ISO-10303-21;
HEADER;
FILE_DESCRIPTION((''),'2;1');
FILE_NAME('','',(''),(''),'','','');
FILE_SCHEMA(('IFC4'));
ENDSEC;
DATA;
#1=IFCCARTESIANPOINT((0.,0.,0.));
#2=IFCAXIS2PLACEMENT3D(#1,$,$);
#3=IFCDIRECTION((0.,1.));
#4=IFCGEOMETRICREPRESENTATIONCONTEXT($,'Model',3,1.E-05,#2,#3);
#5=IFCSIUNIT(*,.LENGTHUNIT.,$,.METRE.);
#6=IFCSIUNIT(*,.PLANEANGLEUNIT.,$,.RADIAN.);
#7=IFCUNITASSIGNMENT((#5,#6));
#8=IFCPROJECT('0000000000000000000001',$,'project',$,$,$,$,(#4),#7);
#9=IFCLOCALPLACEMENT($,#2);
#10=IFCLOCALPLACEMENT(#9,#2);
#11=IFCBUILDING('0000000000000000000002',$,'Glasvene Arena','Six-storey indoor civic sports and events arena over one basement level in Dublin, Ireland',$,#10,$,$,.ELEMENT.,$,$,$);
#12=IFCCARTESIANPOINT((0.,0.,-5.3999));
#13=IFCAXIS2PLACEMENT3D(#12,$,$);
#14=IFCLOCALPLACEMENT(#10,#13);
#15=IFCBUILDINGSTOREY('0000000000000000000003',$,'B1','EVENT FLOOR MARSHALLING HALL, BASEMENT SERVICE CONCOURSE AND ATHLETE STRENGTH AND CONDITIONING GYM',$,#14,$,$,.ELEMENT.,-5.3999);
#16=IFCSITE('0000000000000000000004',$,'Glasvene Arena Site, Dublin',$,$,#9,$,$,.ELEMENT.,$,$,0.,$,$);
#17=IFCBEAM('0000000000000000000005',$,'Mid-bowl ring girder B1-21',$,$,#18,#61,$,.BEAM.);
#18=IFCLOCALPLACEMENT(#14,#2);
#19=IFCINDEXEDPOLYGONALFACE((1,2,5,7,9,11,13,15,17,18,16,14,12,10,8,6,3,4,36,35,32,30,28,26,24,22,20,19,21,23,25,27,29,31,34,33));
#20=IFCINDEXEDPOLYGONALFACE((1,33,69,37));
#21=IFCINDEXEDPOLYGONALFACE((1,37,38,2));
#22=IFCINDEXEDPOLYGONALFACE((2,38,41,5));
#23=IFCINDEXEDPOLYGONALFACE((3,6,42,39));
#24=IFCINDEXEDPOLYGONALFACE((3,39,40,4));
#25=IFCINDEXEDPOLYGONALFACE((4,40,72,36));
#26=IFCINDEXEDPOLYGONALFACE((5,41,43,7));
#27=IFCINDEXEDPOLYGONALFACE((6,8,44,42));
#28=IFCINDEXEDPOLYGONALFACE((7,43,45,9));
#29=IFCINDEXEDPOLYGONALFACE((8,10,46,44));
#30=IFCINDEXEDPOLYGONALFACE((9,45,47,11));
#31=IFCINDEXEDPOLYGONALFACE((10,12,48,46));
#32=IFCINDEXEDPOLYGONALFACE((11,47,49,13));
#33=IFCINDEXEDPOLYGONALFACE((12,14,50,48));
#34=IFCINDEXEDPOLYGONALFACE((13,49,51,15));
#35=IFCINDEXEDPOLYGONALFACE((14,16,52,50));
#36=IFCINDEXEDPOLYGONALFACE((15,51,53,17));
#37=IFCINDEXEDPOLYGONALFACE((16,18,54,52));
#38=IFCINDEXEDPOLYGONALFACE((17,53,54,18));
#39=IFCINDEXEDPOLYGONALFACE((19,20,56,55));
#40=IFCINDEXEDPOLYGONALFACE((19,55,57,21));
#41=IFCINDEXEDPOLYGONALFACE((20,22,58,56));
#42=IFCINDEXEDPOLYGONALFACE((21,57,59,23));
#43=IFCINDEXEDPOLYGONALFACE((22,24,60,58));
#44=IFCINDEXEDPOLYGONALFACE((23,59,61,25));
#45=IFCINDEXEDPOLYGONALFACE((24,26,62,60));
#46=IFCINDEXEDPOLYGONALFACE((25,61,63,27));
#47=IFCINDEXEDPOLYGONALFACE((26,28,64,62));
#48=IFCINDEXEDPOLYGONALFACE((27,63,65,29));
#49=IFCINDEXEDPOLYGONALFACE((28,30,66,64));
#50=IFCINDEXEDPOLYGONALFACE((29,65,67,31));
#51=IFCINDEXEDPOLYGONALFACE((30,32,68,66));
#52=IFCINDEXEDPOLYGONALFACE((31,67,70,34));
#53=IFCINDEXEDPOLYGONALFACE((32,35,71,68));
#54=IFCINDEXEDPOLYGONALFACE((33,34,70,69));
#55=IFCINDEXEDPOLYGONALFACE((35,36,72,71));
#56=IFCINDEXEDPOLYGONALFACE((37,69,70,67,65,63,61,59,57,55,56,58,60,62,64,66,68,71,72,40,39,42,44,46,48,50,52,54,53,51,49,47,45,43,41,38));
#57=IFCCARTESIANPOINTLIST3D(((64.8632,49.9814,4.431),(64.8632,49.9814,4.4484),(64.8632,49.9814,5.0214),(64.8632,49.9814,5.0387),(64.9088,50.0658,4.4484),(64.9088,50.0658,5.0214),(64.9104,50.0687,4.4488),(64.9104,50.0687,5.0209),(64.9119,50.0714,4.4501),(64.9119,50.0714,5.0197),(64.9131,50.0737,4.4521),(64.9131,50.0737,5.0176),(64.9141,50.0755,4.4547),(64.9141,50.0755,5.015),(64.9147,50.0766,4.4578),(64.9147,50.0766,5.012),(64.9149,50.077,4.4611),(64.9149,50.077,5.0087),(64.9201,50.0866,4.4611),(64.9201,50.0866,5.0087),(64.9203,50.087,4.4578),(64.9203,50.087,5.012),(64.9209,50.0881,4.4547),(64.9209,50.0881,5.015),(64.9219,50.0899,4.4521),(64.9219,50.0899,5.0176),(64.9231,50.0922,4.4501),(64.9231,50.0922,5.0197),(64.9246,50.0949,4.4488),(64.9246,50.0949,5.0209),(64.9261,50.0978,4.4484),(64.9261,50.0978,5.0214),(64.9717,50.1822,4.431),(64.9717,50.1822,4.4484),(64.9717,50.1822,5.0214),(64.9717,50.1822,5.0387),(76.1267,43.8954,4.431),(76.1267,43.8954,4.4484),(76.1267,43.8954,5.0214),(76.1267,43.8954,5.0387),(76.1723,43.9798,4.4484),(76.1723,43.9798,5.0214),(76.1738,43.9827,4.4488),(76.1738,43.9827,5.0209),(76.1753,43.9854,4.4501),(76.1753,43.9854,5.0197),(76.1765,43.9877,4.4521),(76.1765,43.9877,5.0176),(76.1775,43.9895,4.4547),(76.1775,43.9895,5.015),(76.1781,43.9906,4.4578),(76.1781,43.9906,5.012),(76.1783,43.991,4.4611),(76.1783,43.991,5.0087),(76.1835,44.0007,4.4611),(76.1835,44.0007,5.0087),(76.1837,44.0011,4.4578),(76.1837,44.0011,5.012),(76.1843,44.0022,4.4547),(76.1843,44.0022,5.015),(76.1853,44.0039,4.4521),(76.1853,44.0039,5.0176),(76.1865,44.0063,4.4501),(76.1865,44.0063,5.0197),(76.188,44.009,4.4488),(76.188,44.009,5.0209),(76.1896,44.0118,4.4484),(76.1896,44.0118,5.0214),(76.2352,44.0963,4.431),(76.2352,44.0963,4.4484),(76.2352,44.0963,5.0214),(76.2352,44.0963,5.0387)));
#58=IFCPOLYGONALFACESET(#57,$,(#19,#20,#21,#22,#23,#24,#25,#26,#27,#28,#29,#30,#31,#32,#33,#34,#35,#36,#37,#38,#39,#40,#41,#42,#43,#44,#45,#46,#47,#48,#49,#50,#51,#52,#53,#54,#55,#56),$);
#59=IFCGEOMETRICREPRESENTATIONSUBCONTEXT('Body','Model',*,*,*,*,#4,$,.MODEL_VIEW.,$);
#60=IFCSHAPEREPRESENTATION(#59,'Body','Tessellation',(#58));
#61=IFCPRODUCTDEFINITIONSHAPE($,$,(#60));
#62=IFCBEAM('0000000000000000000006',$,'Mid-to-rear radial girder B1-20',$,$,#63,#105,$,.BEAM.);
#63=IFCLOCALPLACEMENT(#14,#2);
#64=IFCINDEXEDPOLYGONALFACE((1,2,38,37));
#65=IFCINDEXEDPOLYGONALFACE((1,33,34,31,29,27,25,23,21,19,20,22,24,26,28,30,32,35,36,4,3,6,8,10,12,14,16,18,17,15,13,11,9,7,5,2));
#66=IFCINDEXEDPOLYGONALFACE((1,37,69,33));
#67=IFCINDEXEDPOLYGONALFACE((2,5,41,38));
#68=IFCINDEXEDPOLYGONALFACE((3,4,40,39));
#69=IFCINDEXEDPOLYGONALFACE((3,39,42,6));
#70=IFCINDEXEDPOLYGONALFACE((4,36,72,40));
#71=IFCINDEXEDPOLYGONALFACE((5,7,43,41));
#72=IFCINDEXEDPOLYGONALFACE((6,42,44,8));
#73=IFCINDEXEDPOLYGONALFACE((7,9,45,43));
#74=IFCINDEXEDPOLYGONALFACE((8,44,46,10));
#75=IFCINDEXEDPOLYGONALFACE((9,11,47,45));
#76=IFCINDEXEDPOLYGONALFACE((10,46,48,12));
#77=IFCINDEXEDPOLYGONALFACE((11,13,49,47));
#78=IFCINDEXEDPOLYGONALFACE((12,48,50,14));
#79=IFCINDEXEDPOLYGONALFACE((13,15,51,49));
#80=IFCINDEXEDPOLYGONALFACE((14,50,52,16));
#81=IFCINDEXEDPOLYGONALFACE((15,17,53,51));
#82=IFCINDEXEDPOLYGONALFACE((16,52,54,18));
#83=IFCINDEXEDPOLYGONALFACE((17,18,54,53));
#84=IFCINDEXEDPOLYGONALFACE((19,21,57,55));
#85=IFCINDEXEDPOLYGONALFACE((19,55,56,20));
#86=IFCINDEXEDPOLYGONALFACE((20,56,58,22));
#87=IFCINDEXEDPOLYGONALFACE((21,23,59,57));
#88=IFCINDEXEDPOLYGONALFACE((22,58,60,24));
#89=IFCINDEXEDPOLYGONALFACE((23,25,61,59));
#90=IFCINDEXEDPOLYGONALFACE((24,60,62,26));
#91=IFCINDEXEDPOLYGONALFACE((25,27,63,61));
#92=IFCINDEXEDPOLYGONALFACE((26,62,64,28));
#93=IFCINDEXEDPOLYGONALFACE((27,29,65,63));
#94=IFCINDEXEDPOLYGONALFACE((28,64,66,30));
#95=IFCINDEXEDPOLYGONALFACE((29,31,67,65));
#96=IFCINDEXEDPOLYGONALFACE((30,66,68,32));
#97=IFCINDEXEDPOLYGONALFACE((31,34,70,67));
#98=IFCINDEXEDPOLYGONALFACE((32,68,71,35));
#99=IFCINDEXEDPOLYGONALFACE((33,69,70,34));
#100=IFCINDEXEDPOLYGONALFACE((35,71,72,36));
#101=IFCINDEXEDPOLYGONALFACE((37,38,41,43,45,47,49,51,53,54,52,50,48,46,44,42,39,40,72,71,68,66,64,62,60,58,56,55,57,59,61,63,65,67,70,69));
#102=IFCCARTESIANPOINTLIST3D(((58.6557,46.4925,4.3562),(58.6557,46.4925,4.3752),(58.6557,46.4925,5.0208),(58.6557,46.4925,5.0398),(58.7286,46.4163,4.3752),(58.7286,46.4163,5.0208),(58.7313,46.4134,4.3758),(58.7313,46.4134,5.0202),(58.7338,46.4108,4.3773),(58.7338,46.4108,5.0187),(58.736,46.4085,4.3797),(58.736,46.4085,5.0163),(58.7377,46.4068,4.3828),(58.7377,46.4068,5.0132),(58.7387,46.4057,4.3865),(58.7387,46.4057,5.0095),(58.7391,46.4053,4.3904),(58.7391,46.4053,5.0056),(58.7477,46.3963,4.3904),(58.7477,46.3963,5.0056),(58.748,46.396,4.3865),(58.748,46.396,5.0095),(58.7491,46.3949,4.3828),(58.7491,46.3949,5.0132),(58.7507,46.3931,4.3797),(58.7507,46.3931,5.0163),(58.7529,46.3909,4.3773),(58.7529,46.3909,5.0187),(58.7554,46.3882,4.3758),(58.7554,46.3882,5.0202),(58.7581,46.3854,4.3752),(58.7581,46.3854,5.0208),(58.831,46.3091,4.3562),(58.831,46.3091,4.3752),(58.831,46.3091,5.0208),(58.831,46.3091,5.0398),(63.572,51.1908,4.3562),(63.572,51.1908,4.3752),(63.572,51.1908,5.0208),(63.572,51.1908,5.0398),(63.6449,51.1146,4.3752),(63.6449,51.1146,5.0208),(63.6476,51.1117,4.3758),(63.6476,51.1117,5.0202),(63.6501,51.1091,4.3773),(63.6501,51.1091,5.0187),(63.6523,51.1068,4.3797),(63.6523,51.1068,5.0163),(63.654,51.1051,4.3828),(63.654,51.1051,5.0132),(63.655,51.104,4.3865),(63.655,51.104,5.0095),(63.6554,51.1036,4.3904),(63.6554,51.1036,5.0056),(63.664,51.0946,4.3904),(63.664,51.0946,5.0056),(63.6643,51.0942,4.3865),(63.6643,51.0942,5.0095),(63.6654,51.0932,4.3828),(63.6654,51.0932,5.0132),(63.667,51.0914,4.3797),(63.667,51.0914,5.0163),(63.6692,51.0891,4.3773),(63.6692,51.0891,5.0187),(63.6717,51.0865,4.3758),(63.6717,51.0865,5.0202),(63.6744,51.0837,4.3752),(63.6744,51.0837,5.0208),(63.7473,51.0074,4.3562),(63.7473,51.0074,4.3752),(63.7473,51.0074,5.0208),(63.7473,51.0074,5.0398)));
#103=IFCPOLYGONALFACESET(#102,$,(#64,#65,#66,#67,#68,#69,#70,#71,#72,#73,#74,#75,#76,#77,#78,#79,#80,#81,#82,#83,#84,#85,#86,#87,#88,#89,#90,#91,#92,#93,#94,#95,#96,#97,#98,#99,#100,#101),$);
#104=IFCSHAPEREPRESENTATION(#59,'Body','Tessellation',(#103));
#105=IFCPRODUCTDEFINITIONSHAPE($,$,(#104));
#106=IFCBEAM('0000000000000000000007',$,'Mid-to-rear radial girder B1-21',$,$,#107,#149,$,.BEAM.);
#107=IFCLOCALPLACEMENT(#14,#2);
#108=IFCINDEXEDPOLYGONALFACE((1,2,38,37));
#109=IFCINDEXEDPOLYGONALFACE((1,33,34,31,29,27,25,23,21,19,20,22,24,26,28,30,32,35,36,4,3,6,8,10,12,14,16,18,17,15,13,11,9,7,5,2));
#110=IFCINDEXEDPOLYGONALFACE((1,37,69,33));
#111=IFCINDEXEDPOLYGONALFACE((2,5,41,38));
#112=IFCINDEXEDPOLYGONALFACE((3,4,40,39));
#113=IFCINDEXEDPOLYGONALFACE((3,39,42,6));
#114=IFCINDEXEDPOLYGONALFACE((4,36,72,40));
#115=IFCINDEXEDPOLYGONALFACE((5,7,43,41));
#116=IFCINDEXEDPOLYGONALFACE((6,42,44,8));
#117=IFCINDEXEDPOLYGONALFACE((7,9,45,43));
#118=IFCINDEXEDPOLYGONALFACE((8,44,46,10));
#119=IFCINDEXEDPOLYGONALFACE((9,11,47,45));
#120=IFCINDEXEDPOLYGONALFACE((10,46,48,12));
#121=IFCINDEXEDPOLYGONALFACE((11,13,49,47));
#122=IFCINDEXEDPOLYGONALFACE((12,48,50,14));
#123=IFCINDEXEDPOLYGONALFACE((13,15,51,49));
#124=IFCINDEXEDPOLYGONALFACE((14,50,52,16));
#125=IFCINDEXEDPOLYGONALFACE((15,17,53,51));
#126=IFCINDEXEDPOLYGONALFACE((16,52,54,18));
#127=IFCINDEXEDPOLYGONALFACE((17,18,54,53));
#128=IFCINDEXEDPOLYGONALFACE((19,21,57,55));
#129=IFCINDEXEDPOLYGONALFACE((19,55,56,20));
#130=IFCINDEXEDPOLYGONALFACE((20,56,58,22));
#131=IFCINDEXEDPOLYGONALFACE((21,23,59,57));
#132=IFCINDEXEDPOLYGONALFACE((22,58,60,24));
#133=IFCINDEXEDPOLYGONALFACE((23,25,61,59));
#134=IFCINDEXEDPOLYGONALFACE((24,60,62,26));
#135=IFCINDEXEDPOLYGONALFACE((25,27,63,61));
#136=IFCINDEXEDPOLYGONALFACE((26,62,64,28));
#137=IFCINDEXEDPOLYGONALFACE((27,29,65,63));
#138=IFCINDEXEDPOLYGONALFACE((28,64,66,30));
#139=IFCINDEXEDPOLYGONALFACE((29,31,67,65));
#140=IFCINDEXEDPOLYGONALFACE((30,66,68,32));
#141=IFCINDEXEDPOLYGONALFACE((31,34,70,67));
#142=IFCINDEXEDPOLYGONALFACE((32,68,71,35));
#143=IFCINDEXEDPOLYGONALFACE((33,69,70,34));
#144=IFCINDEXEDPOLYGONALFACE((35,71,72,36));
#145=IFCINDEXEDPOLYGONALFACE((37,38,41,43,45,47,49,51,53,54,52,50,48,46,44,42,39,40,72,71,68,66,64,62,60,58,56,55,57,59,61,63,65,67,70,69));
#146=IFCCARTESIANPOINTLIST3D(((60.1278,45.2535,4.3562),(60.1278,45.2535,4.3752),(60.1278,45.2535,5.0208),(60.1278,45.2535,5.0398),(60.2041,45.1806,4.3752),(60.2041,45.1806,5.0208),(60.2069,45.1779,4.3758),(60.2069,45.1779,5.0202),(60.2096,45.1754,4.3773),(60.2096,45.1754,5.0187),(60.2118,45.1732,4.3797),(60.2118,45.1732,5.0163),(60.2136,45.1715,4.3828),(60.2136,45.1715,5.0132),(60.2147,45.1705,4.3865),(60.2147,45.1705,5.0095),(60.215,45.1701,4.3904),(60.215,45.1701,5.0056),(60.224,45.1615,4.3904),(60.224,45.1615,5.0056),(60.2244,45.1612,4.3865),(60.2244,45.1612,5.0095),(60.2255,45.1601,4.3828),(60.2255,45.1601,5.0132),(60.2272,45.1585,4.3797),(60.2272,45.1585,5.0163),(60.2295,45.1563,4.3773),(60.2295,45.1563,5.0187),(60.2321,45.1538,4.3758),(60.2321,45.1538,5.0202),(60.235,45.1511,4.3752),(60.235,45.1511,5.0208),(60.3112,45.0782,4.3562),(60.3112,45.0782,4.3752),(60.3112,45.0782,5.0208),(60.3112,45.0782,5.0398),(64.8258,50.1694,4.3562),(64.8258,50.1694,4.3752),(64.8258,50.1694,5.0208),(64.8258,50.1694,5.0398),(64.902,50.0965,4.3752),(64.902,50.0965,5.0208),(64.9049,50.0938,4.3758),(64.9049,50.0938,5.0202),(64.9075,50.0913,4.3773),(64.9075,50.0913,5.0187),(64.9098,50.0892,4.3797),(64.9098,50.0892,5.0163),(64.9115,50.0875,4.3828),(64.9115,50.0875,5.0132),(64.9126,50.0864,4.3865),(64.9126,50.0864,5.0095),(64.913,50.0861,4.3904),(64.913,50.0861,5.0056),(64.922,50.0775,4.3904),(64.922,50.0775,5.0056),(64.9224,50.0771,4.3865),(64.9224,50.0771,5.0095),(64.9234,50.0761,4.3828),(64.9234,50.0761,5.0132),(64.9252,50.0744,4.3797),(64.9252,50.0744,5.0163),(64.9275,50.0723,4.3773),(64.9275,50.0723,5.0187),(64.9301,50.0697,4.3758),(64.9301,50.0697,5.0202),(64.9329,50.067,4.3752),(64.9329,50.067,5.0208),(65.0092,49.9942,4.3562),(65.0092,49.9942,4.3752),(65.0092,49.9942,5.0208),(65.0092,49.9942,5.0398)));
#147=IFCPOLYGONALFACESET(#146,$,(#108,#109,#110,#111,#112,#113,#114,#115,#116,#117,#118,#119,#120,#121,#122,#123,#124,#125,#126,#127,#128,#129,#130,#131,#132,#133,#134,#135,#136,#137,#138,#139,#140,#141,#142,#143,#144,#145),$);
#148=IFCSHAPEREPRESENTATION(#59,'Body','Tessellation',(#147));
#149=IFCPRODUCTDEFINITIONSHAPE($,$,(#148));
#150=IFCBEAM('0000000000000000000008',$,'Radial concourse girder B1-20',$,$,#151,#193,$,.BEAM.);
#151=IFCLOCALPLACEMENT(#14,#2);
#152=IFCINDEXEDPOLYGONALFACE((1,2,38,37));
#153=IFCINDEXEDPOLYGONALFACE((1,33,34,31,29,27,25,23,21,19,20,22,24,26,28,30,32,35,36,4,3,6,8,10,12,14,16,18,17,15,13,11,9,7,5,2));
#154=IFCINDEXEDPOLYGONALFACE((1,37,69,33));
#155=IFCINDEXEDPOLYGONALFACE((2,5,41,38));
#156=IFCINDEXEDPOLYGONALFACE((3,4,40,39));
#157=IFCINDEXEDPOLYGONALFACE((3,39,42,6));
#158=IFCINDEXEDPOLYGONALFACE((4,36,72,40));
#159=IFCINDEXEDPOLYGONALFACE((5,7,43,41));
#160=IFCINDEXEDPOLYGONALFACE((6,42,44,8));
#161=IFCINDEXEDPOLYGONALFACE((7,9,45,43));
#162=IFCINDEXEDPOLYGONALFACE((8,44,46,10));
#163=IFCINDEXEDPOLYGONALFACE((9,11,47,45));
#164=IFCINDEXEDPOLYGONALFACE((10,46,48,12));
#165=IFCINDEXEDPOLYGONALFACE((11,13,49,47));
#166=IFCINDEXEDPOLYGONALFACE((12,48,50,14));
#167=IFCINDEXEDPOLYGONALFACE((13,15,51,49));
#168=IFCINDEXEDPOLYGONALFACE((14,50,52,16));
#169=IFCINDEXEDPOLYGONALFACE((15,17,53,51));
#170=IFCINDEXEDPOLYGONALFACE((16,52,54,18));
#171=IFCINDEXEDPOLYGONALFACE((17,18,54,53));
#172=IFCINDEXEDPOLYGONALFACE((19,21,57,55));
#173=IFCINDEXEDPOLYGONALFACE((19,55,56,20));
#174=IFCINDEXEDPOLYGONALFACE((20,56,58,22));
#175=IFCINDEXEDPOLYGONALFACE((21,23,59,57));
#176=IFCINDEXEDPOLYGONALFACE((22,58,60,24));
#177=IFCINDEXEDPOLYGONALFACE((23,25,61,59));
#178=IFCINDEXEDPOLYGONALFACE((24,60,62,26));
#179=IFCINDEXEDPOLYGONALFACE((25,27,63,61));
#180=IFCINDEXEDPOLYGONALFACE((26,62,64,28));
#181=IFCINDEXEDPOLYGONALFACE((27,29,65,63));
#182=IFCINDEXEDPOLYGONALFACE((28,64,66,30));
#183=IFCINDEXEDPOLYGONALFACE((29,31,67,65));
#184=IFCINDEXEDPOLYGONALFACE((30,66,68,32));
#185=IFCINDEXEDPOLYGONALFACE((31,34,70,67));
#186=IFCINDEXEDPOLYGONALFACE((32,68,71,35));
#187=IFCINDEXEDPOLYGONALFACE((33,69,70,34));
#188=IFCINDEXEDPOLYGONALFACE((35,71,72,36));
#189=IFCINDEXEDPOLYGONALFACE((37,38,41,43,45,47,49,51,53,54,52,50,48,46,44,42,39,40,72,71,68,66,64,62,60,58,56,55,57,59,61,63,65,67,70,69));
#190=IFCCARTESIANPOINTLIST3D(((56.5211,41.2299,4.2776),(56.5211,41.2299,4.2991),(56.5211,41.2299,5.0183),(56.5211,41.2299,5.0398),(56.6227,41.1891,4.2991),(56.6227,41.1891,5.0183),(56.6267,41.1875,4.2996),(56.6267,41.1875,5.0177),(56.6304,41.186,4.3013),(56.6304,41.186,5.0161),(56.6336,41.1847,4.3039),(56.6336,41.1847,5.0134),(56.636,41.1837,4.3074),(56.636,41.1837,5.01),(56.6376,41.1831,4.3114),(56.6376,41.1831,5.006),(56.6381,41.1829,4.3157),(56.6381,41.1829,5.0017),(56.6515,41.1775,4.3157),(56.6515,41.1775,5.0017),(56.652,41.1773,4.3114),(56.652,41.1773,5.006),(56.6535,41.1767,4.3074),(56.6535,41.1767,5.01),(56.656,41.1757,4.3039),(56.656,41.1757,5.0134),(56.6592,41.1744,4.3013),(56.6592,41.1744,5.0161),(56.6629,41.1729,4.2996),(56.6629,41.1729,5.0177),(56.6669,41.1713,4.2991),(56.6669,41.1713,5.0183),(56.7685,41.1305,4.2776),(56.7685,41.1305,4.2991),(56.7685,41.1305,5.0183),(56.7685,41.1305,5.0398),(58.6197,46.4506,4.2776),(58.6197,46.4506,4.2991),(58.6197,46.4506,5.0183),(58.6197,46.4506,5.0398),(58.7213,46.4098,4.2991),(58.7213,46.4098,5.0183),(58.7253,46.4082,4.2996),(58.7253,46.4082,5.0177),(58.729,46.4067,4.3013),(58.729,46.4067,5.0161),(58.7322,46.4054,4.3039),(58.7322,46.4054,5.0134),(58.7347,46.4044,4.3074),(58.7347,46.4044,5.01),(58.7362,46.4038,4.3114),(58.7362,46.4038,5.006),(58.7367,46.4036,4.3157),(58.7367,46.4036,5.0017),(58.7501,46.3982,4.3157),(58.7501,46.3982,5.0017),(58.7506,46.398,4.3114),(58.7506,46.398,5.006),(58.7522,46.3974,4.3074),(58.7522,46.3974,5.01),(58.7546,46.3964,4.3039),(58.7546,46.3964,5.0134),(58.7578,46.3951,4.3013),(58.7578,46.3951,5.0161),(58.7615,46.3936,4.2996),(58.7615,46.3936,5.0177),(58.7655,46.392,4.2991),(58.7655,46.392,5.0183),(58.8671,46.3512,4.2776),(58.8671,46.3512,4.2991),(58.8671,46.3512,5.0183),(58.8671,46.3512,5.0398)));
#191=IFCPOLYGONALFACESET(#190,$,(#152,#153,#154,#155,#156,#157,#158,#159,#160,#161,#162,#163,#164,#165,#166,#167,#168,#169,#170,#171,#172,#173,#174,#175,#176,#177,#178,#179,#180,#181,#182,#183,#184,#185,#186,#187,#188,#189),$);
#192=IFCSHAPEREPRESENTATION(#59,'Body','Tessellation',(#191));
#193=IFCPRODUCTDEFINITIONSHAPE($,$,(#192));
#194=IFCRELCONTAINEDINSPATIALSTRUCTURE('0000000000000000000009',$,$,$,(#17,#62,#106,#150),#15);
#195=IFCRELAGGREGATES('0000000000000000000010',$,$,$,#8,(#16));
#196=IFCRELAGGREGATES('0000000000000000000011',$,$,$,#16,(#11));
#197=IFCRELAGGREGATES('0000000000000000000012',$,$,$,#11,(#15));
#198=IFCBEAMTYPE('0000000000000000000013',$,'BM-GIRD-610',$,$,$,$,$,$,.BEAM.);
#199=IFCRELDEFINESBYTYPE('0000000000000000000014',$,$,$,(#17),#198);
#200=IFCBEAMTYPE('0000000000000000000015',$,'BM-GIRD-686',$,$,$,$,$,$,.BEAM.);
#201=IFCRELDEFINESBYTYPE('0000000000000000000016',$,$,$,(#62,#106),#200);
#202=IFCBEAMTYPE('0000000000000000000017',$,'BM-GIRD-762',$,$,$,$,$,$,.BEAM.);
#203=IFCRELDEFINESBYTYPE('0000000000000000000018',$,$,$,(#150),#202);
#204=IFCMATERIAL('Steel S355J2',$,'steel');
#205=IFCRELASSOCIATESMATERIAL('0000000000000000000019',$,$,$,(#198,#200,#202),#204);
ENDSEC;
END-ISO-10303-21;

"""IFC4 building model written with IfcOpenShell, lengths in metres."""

from ifc_helpers import new_model, si_unit, direction, frame, origin, origin_2d, place, context, subcontext, project, spatial, i_section, extrude, material, material_profile, profile_set, type_object, element, save


model = new_model("IFC4")

# Units and contexts
model_context = context("Model", 3, precision=1e-05, world=origin(), true_north=direction((0.0, 1.0)))
body_context = subcontext(model_context, "Body", "Model", "MODEL_VIEW")
ifc_project = project(units=[si_unit("LENGTHUNIT", "METRE"), si_unit("PLANEANGLEUNIT", "RADIAN")], contexts=[model_context])

# Site, building, storey
site_placement = place(None, origin())
site = spatial("IfcSite", under=ifc_project, at=site_placement, Name="Glasvene Arena Site, Dublin", CompositionType="ELEMENT", RefElevation=0.0)
building_placement = place(site_placement, origin())
building = spatial("IfcBuilding", under=site, at=building_placement, Name="Glasvene Arena", Description="Six-storey indoor civic sports and events arena over one basement level in Dublin, Ireland", CompositionType="ELEMENT")
storey_placement = place(building_placement, frame((0.0, 0.0, -5.3999)))
storey = spatial("IfcBuildingStorey", under=building, at=storey_placement, Name="B1", Description="EVENT FLOOR MARSHALLING HALL, BASEMENT SERVICE CONCOURSE AND ATHLETE STRENGTH AND CONDITIONING GYM", CompositionType="ELEMENT", Elevation=-5.3999)

# Shared definitions
ifc_material_1 = material(Name="Steel S355J2", Category="steel")

# Beams
ifc_material_profile_1 = material_profile(ifc_material_1, i_section(OverallWidth=0.2283, OverallDepth=0.6077, WebThickness=0.011, FlangeThickness=0.0173, FilletRadius=0.0127, at=origin_2d()), Name="UKB 610x229x113")
ifc_profile_set_1 = profile_set([ifc_material_profile_1], Name="Steel S355J2")
beam_type_1 = type_object("IfcBeamType", Name="BM-GIRD-610", PredefinedType="BEAM", material=ifc_profile_set_1)
beam_1_placement = place(storey_placement, frame((64.9175, 50.0818, 4.7349), z_axis=(0.879785, -0.475372, 0.0), x_axis=(0.475372, 0.879785, 0.0)))
element("IfcBeam", 1, at=beam_1_placement, inside=storey, type_object=beam_type_1, Name="Mid-bowl ring girder B1-21", PredefinedType="BEAM", context=body_context, shape_type="SweptSolid", body=[
    extrude(i_section(OverallWidth=0.2283, OverallDepth=0.6077, WebThickness=0.011, FlangeThickness=0.0173, FilletRadius=0.0127, at=origin_2d()), origin(), (0.0, 0.0, 1.0), 12.8025),
])
ifc_material_profile_2 = material_profile(ifc_material_1, i_section(OverallWidth=0.2537, OverallDepth=0.6836, WebThickness=0.0125, FlangeThickness=0.019, FilletRadius=0.0151, at=origin_2d()), Name="UKB 686x254x140")
ifc_profile_set_2 = profile_set([ifc_material_profile_2], Name="Steel S355J2")
beam_type_2 = type_object("IfcBeamType", Name="BM-GIRD-686", PredefinedType="BEAM", material=ifc_profile_set_2)
beam_2_placement = place(storey_placement, frame((63.6597, 51.0991, 4.698), z_axis=(-0.722955, -0.690895, 0.0), x_axis=(0.690895, -0.722955, 0.0)))
element("IfcBeam", 2, at=beam_2_placement, inside=storey, type_object=beam_type_2, Name="Mid-to-rear radial girder B1-20", PredefinedType="BEAM", context=body_context, shape_type="SweptSolid", body=[
    extrude(i_section(OverallWidth=0.2537, OverallDepth=0.6836, WebThickness=0.0125, FlangeThickness=0.019, FilletRadius=0.0151, at=origin_2d()), origin(), (0.0, 0.0, 1.0), 6.8003),
])
beam_3_placement = place(storey_placement, frame((64.9175, 50.0818, 4.698), z_axis=(-0.690894, -0.722956, 0.0), x_axis=(0.722956, -0.690894, 0.0)))
element("IfcBeam", 3, at=beam_3_placement, inside=storey, type_object=beam_type_2, Name="Mid-to-rear radial girder B1-21", PredefinedType="BEAM", context=body_context, shape_type="SweptSolid", body=[
    extrude(i_section(OverallWidth=0.2537, OverallDepth=0.6836, WebThickness=0.0125, FlangeThickness=0.019, FilletRadius=0.0151, at=origin_2d()), origin(), (0.0, 0.0, 1.0), 6.7998),
])
ifc_material_profile_3 = material_profile(ifc_material_1, i_section(OverallWidth=0.2666, OverallDepth=0.7622, WebThickness=0.0144, FlangeThickness=0.0215, FilletRadius=0.0166, at=origin_2d()), Name="UKB 762x267x173")
ifc_profile_set_3 = profile_set([ifc_material_profile_3], Name="Steel S355J2")
beam_type_3 = type_object("IfcBeamType", Name="BM-GIRD-762", PredefinedType="BEAM", material=ifc_profile_set_3)
beam_4_placement = place(storey_placement, frame((58.7434, 46.4009, 4.6587), z_axis=(-0.372976, -0.927841, 0.0), x_axis=(0.927841, -0.372976, 0.0)))
element("IfcBeam", 4, at=beam_4_placement, inside=storey, type_object=beam_type_3, Name="Radial concourse girder B1-20", PredefinedType="BEAM", context=body_context, shape_type="SweptSolid", body=[
    extrude(i_section(OverallWidth=0.2666, OverallDepth=0.7622, WebThickness=0.0144, FlangeThickness=0.0215, FilletRadius=0.0166, at=origin_2d()), origin(), (0.0, 0.0, 1.0), 5.6267),
])

save(model, "model.ifc")
